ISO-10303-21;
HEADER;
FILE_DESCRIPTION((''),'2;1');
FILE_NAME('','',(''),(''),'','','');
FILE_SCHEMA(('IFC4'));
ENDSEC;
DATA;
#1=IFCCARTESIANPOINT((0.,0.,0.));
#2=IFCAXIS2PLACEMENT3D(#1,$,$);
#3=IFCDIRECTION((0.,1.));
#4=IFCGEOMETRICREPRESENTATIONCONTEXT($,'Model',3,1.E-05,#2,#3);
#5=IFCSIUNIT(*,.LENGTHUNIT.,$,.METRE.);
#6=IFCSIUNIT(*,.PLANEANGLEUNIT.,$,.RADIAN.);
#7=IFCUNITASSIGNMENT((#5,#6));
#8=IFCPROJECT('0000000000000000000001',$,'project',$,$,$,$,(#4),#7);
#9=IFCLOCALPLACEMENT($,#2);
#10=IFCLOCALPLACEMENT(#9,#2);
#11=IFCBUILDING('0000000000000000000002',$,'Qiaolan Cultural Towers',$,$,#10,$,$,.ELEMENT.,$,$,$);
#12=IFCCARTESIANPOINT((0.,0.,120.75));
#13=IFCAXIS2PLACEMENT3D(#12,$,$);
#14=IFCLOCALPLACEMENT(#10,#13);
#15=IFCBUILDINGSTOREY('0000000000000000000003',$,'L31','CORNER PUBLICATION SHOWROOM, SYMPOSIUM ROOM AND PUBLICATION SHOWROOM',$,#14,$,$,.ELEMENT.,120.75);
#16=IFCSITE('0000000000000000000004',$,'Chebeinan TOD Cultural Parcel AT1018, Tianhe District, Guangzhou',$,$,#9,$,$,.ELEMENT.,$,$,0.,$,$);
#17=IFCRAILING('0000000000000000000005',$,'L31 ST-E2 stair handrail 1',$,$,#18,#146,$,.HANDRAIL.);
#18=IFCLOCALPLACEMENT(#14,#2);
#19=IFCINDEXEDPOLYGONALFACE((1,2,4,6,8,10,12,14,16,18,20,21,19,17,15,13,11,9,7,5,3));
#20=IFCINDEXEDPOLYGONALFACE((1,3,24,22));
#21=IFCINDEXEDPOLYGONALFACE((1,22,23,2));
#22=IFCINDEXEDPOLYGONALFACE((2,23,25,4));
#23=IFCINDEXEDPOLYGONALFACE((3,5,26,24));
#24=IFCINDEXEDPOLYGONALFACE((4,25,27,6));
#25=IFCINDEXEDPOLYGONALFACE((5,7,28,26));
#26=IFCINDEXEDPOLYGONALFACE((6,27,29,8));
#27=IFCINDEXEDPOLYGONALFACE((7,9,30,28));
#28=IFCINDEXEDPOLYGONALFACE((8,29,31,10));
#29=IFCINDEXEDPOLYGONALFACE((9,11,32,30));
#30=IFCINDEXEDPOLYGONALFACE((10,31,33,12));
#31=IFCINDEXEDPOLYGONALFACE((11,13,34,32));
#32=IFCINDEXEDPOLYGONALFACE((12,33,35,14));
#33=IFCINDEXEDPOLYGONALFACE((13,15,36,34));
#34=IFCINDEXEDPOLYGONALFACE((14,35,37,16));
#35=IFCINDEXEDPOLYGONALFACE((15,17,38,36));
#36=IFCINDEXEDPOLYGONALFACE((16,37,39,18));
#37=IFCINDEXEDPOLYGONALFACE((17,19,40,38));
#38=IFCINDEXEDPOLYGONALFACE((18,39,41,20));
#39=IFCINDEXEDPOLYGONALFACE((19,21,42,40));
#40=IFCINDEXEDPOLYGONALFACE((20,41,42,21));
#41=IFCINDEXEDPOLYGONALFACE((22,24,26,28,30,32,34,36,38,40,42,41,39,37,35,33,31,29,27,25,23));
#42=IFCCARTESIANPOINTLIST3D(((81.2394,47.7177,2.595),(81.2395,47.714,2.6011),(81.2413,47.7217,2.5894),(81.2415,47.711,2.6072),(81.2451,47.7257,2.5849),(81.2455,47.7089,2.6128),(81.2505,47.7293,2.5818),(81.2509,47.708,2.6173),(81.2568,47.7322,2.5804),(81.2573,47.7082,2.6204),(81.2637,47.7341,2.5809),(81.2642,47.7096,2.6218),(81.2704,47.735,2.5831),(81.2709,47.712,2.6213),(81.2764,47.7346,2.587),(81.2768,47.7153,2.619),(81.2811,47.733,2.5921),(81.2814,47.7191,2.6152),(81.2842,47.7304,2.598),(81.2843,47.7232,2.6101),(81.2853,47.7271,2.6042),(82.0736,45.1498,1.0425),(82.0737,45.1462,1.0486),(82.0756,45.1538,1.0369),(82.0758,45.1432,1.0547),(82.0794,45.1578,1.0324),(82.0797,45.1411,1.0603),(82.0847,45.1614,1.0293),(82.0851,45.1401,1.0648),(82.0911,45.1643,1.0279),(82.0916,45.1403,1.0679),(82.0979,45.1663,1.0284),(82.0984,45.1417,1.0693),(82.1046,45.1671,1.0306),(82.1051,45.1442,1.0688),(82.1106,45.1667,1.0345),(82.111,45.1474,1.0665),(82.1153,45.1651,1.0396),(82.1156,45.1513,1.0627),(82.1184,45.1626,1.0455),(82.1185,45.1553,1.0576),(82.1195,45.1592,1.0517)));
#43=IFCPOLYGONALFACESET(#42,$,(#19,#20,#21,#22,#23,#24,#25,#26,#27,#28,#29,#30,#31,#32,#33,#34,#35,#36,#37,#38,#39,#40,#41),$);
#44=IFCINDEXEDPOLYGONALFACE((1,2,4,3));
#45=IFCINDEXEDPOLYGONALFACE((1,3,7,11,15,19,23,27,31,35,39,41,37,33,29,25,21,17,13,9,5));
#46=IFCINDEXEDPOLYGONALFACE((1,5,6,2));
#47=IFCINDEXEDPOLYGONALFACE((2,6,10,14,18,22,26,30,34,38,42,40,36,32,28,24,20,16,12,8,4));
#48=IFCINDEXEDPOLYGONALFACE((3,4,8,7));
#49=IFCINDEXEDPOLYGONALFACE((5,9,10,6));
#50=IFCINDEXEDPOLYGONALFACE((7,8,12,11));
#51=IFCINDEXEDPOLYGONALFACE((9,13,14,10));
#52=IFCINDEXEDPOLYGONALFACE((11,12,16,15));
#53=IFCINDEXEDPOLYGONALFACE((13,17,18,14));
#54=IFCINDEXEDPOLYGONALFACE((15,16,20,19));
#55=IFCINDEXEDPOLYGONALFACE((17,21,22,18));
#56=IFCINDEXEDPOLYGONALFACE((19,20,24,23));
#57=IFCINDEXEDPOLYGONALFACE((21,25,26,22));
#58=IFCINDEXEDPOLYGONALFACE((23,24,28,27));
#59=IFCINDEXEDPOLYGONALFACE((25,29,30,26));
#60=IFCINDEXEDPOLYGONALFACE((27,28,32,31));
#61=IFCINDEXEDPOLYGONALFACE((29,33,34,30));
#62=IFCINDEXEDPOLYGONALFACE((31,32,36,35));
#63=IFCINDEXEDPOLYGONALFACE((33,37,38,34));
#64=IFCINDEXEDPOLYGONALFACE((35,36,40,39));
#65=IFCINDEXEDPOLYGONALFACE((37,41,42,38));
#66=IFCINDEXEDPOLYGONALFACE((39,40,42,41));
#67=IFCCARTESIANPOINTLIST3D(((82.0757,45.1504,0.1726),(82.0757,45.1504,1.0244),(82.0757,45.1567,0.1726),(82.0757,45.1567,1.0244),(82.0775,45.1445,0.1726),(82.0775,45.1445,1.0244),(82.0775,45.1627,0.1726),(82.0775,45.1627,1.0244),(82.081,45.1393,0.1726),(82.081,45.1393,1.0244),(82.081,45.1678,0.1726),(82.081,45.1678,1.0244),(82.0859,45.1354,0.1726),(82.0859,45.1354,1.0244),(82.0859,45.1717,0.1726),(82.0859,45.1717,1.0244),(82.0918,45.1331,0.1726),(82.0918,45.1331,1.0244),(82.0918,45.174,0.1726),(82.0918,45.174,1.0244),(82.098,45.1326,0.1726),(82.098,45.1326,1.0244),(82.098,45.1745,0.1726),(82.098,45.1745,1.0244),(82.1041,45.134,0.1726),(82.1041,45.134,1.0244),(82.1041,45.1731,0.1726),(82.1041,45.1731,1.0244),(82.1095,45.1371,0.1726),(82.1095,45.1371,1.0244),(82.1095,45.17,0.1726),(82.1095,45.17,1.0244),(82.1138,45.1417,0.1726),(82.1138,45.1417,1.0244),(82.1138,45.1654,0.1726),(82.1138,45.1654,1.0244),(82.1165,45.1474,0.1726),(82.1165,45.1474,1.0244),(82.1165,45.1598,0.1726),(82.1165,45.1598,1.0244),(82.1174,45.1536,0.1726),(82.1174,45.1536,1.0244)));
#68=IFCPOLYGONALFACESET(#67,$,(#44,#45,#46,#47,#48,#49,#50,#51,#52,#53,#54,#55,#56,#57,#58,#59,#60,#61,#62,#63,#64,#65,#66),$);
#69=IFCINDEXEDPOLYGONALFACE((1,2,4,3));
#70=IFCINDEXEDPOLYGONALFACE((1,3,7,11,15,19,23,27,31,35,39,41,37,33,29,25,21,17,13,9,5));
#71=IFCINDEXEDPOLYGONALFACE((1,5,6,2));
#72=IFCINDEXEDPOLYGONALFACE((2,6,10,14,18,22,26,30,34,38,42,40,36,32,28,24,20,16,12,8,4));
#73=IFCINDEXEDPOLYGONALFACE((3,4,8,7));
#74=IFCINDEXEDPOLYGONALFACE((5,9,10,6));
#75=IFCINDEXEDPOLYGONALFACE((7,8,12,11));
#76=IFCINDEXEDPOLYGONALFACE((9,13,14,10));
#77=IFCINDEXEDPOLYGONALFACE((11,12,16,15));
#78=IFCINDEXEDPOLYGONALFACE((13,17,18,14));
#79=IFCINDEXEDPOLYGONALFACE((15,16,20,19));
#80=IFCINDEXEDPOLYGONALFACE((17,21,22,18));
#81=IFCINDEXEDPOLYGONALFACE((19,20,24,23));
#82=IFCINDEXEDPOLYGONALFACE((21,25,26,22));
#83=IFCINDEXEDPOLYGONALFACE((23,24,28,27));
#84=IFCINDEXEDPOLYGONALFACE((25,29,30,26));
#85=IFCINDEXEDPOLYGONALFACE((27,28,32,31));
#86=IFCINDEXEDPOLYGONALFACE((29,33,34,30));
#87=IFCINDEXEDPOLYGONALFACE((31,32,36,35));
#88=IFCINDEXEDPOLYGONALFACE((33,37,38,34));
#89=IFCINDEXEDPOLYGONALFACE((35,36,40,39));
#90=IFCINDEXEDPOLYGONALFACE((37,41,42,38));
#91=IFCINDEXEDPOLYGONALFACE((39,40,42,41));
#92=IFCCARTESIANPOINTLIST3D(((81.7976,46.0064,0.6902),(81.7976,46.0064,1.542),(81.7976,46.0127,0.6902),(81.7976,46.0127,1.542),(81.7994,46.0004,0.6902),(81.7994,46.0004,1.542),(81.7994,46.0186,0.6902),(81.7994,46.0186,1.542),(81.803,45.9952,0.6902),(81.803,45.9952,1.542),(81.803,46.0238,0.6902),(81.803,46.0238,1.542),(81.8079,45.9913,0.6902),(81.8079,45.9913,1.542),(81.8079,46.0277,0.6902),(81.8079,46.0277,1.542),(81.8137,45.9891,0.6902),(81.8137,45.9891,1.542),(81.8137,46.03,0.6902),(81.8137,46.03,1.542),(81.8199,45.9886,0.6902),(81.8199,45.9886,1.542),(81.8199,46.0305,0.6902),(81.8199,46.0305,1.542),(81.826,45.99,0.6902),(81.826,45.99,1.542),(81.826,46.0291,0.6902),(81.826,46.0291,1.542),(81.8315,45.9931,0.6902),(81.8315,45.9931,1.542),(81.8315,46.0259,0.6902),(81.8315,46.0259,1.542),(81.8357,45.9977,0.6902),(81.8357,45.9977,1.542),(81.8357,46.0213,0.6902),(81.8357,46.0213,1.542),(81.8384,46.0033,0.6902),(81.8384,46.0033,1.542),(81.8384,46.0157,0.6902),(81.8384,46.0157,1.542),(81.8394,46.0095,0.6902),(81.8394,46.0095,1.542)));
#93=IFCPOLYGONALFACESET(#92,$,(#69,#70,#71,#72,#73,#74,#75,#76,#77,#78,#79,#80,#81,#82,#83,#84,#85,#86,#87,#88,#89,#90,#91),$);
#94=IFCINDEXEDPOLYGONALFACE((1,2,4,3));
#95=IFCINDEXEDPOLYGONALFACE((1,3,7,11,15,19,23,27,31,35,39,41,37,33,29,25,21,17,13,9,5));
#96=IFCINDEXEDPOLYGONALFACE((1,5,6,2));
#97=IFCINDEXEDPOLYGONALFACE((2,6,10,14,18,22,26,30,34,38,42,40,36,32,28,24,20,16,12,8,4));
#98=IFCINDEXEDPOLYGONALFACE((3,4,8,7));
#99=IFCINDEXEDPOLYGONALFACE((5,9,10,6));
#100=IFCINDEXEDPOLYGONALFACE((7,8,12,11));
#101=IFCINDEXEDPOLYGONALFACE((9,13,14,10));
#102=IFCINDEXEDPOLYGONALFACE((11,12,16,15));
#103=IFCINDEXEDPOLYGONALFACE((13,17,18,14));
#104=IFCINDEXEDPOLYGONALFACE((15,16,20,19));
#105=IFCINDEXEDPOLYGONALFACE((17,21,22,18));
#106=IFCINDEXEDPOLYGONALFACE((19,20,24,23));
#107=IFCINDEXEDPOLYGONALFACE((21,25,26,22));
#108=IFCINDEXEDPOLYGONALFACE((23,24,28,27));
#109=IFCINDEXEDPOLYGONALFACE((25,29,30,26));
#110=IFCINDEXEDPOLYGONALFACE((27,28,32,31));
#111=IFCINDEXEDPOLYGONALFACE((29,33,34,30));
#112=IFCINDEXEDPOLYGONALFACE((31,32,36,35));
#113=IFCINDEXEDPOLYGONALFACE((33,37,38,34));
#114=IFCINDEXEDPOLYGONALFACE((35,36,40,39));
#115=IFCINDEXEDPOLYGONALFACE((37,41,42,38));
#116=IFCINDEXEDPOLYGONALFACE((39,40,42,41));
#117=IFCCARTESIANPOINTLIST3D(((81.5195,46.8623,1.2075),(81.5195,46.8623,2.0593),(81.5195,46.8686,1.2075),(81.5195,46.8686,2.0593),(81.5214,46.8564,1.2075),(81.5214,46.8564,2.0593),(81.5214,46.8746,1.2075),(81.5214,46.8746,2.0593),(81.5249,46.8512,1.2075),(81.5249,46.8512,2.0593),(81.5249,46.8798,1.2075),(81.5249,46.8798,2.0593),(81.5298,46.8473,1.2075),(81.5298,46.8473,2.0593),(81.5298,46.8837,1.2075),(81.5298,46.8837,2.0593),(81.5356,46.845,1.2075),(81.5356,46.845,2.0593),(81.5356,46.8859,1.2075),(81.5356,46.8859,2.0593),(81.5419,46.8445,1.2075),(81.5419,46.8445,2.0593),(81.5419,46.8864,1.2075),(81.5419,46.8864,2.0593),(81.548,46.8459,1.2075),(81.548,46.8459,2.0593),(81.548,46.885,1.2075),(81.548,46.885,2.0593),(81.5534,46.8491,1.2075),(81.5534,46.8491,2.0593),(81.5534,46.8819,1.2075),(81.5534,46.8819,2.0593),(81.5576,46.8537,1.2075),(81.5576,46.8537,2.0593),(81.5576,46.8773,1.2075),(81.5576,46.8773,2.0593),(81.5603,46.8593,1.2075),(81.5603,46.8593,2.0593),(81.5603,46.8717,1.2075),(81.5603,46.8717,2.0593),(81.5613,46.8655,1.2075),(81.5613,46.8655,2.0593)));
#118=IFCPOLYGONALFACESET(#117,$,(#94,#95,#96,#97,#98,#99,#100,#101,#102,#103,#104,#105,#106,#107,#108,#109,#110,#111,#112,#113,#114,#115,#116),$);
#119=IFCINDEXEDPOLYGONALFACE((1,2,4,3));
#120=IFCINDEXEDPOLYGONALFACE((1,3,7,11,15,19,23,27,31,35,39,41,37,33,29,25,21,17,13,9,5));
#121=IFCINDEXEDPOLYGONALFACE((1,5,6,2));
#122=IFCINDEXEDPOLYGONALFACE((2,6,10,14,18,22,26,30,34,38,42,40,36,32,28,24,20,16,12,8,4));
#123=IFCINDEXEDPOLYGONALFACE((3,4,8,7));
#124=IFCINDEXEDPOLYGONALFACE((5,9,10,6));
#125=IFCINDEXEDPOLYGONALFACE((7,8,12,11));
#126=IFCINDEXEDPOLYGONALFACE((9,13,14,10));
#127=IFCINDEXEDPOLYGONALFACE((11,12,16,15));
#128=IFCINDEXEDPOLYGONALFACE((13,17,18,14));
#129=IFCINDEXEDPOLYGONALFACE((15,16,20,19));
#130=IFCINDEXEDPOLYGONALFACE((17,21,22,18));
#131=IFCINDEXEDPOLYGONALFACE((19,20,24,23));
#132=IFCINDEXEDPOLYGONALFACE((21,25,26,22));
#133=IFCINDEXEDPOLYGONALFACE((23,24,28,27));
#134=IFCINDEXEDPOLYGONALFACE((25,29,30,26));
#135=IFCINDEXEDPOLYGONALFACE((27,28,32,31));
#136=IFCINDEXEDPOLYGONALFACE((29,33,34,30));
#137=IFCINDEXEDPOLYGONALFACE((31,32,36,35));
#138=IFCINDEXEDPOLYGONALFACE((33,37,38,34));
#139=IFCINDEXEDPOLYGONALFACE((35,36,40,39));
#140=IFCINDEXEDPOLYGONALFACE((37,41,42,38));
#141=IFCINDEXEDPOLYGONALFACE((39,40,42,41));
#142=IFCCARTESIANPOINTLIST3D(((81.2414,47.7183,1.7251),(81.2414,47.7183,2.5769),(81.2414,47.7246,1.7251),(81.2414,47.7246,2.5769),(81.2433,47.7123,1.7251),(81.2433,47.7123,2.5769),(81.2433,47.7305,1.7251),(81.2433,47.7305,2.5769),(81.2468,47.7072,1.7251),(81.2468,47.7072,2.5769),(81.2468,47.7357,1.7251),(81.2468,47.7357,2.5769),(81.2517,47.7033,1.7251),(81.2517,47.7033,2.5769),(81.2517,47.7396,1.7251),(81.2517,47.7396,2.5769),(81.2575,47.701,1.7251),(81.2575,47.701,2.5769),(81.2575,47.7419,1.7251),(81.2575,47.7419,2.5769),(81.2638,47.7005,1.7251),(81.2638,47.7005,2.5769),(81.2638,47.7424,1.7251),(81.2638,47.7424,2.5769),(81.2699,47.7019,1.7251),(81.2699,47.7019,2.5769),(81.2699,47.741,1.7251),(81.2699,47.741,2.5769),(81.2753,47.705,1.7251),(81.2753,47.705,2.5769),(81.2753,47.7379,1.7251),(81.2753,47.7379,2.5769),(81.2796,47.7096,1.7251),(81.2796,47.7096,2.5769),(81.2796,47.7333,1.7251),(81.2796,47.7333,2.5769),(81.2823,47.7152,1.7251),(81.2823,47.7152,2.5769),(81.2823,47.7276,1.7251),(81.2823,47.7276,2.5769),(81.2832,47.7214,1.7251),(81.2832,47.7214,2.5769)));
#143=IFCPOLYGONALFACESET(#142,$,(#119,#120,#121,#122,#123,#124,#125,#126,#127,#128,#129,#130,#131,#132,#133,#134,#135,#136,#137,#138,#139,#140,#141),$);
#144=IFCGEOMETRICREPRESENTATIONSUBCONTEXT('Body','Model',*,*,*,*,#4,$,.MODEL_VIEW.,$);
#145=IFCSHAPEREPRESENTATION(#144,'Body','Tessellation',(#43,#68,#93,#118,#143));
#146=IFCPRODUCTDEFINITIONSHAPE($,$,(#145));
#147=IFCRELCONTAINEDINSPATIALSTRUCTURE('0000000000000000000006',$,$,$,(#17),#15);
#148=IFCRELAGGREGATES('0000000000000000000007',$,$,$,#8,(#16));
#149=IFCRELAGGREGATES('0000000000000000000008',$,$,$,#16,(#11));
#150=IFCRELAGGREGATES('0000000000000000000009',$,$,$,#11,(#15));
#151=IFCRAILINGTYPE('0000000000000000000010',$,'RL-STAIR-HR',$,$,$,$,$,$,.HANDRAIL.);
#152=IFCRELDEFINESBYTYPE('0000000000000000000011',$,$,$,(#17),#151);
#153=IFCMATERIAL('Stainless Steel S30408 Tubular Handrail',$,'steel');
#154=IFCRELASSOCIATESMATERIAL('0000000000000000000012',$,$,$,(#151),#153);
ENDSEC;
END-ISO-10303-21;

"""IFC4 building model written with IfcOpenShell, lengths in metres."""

from ifc_helpers import new_model, si_unit, direction, frame, origin, origin_2d, place, context, subcontext, project, spatial, circle, extrude, material, type_object, element, save


model = new_model("IFC4")

# Units and contexts
model_context = context("Model", 3, precision=1e-05, world=origin(), true_north=direction((0.0, 1.0)))
body_context = subcontext(model_context, "Body", "Model", "MODEL_VIEW")
ifc_project = project(units=[si_unit("LENGTHUNIT", "METRE"), si_unit("PLANEANGLEUNIT", "RADIAN")], contexts=[model_context])

# Site, building, storey
site_placement = place(None, origin())
site = spatial("IfcSite", under=ifc_project, at=site_placement, Name="Chebeinan TOD Cultural Parcel AT1018, Tianhe District, Guangzhou", CompositionType="ELEMENT", RefElevation=0.0)
building_placement = place(site_placement, origin())
building = spatial("IfcBuilding", under=site, at=building_placement, Name="Qiaolan Cultural Towers", CompositionType="ELEMENT")
storey_placement = place(building_placement, frame((0.0, 0.0, 120.75)))
storey = spatial("IfcBuildingStorey", under=building, at=storey_placement, Name="L31", Description="CORNER PUBLICATION SHOWROOM, SYMPOSIUM ROOM AND PUBLICATION SHOWROOM", CompositionType="ELEMENT", Elevation=120.75)

# Railing
ifc_material_1 = material(Name="Stainless Steel S30408 Tubular Handrail", Category="steel")
railing_type_1 = type_object("IfcRailingType", Name="RL-STAIR-HR", PredefinedType="HANDRAIL", material=ifc_material_1)
railing_1_placement = place(storey_placement, frame((82.0964, 45.1536, 0.1726)))
element("IfcRailing", 1, at=railing_1_placement, inside=storey, type_object=railing_type_1, Name="L31 ST-E2 stair handrail 1", PredefinedType="HANDRAIL", context=body_context, shape_type="SweptSolid", body=[
    extrude(circle(Radius=0.0239, at=origin_2d()), frame((0.0, 0.0, 0.876), z_axis=(-0.267853, 0.824488, 0.498471), x_axis=(-0.95107, -0.308976, 0.0)), (0.0, 0.0, 1.0), 3.1145),
    extrude(circle(Radius=0.021, at=origin_2d()), origin(), (0.0, 0.0, 1.0), 0.8518),
    extrude(circle(Radius=0.021, at=origin_2d()), frame((-0.2781, 0.856, 0.5176)), (0.0, 0.0, 1.0), 0.8518),
    extrude(circle(Radius=0.021, at=origin_2d()), frame((-0.5562, 1.7119, 1.0349)), (0.0, 0.0, 1.0), 0.8518),
    extrude(circle(Radius=0.021, at=origin_2d()), frame((-0.8342, 2.5679, 1.5525)), (0.0, 0.0, 1.0), 0.8518),
])

save(model, "model.ifc")
